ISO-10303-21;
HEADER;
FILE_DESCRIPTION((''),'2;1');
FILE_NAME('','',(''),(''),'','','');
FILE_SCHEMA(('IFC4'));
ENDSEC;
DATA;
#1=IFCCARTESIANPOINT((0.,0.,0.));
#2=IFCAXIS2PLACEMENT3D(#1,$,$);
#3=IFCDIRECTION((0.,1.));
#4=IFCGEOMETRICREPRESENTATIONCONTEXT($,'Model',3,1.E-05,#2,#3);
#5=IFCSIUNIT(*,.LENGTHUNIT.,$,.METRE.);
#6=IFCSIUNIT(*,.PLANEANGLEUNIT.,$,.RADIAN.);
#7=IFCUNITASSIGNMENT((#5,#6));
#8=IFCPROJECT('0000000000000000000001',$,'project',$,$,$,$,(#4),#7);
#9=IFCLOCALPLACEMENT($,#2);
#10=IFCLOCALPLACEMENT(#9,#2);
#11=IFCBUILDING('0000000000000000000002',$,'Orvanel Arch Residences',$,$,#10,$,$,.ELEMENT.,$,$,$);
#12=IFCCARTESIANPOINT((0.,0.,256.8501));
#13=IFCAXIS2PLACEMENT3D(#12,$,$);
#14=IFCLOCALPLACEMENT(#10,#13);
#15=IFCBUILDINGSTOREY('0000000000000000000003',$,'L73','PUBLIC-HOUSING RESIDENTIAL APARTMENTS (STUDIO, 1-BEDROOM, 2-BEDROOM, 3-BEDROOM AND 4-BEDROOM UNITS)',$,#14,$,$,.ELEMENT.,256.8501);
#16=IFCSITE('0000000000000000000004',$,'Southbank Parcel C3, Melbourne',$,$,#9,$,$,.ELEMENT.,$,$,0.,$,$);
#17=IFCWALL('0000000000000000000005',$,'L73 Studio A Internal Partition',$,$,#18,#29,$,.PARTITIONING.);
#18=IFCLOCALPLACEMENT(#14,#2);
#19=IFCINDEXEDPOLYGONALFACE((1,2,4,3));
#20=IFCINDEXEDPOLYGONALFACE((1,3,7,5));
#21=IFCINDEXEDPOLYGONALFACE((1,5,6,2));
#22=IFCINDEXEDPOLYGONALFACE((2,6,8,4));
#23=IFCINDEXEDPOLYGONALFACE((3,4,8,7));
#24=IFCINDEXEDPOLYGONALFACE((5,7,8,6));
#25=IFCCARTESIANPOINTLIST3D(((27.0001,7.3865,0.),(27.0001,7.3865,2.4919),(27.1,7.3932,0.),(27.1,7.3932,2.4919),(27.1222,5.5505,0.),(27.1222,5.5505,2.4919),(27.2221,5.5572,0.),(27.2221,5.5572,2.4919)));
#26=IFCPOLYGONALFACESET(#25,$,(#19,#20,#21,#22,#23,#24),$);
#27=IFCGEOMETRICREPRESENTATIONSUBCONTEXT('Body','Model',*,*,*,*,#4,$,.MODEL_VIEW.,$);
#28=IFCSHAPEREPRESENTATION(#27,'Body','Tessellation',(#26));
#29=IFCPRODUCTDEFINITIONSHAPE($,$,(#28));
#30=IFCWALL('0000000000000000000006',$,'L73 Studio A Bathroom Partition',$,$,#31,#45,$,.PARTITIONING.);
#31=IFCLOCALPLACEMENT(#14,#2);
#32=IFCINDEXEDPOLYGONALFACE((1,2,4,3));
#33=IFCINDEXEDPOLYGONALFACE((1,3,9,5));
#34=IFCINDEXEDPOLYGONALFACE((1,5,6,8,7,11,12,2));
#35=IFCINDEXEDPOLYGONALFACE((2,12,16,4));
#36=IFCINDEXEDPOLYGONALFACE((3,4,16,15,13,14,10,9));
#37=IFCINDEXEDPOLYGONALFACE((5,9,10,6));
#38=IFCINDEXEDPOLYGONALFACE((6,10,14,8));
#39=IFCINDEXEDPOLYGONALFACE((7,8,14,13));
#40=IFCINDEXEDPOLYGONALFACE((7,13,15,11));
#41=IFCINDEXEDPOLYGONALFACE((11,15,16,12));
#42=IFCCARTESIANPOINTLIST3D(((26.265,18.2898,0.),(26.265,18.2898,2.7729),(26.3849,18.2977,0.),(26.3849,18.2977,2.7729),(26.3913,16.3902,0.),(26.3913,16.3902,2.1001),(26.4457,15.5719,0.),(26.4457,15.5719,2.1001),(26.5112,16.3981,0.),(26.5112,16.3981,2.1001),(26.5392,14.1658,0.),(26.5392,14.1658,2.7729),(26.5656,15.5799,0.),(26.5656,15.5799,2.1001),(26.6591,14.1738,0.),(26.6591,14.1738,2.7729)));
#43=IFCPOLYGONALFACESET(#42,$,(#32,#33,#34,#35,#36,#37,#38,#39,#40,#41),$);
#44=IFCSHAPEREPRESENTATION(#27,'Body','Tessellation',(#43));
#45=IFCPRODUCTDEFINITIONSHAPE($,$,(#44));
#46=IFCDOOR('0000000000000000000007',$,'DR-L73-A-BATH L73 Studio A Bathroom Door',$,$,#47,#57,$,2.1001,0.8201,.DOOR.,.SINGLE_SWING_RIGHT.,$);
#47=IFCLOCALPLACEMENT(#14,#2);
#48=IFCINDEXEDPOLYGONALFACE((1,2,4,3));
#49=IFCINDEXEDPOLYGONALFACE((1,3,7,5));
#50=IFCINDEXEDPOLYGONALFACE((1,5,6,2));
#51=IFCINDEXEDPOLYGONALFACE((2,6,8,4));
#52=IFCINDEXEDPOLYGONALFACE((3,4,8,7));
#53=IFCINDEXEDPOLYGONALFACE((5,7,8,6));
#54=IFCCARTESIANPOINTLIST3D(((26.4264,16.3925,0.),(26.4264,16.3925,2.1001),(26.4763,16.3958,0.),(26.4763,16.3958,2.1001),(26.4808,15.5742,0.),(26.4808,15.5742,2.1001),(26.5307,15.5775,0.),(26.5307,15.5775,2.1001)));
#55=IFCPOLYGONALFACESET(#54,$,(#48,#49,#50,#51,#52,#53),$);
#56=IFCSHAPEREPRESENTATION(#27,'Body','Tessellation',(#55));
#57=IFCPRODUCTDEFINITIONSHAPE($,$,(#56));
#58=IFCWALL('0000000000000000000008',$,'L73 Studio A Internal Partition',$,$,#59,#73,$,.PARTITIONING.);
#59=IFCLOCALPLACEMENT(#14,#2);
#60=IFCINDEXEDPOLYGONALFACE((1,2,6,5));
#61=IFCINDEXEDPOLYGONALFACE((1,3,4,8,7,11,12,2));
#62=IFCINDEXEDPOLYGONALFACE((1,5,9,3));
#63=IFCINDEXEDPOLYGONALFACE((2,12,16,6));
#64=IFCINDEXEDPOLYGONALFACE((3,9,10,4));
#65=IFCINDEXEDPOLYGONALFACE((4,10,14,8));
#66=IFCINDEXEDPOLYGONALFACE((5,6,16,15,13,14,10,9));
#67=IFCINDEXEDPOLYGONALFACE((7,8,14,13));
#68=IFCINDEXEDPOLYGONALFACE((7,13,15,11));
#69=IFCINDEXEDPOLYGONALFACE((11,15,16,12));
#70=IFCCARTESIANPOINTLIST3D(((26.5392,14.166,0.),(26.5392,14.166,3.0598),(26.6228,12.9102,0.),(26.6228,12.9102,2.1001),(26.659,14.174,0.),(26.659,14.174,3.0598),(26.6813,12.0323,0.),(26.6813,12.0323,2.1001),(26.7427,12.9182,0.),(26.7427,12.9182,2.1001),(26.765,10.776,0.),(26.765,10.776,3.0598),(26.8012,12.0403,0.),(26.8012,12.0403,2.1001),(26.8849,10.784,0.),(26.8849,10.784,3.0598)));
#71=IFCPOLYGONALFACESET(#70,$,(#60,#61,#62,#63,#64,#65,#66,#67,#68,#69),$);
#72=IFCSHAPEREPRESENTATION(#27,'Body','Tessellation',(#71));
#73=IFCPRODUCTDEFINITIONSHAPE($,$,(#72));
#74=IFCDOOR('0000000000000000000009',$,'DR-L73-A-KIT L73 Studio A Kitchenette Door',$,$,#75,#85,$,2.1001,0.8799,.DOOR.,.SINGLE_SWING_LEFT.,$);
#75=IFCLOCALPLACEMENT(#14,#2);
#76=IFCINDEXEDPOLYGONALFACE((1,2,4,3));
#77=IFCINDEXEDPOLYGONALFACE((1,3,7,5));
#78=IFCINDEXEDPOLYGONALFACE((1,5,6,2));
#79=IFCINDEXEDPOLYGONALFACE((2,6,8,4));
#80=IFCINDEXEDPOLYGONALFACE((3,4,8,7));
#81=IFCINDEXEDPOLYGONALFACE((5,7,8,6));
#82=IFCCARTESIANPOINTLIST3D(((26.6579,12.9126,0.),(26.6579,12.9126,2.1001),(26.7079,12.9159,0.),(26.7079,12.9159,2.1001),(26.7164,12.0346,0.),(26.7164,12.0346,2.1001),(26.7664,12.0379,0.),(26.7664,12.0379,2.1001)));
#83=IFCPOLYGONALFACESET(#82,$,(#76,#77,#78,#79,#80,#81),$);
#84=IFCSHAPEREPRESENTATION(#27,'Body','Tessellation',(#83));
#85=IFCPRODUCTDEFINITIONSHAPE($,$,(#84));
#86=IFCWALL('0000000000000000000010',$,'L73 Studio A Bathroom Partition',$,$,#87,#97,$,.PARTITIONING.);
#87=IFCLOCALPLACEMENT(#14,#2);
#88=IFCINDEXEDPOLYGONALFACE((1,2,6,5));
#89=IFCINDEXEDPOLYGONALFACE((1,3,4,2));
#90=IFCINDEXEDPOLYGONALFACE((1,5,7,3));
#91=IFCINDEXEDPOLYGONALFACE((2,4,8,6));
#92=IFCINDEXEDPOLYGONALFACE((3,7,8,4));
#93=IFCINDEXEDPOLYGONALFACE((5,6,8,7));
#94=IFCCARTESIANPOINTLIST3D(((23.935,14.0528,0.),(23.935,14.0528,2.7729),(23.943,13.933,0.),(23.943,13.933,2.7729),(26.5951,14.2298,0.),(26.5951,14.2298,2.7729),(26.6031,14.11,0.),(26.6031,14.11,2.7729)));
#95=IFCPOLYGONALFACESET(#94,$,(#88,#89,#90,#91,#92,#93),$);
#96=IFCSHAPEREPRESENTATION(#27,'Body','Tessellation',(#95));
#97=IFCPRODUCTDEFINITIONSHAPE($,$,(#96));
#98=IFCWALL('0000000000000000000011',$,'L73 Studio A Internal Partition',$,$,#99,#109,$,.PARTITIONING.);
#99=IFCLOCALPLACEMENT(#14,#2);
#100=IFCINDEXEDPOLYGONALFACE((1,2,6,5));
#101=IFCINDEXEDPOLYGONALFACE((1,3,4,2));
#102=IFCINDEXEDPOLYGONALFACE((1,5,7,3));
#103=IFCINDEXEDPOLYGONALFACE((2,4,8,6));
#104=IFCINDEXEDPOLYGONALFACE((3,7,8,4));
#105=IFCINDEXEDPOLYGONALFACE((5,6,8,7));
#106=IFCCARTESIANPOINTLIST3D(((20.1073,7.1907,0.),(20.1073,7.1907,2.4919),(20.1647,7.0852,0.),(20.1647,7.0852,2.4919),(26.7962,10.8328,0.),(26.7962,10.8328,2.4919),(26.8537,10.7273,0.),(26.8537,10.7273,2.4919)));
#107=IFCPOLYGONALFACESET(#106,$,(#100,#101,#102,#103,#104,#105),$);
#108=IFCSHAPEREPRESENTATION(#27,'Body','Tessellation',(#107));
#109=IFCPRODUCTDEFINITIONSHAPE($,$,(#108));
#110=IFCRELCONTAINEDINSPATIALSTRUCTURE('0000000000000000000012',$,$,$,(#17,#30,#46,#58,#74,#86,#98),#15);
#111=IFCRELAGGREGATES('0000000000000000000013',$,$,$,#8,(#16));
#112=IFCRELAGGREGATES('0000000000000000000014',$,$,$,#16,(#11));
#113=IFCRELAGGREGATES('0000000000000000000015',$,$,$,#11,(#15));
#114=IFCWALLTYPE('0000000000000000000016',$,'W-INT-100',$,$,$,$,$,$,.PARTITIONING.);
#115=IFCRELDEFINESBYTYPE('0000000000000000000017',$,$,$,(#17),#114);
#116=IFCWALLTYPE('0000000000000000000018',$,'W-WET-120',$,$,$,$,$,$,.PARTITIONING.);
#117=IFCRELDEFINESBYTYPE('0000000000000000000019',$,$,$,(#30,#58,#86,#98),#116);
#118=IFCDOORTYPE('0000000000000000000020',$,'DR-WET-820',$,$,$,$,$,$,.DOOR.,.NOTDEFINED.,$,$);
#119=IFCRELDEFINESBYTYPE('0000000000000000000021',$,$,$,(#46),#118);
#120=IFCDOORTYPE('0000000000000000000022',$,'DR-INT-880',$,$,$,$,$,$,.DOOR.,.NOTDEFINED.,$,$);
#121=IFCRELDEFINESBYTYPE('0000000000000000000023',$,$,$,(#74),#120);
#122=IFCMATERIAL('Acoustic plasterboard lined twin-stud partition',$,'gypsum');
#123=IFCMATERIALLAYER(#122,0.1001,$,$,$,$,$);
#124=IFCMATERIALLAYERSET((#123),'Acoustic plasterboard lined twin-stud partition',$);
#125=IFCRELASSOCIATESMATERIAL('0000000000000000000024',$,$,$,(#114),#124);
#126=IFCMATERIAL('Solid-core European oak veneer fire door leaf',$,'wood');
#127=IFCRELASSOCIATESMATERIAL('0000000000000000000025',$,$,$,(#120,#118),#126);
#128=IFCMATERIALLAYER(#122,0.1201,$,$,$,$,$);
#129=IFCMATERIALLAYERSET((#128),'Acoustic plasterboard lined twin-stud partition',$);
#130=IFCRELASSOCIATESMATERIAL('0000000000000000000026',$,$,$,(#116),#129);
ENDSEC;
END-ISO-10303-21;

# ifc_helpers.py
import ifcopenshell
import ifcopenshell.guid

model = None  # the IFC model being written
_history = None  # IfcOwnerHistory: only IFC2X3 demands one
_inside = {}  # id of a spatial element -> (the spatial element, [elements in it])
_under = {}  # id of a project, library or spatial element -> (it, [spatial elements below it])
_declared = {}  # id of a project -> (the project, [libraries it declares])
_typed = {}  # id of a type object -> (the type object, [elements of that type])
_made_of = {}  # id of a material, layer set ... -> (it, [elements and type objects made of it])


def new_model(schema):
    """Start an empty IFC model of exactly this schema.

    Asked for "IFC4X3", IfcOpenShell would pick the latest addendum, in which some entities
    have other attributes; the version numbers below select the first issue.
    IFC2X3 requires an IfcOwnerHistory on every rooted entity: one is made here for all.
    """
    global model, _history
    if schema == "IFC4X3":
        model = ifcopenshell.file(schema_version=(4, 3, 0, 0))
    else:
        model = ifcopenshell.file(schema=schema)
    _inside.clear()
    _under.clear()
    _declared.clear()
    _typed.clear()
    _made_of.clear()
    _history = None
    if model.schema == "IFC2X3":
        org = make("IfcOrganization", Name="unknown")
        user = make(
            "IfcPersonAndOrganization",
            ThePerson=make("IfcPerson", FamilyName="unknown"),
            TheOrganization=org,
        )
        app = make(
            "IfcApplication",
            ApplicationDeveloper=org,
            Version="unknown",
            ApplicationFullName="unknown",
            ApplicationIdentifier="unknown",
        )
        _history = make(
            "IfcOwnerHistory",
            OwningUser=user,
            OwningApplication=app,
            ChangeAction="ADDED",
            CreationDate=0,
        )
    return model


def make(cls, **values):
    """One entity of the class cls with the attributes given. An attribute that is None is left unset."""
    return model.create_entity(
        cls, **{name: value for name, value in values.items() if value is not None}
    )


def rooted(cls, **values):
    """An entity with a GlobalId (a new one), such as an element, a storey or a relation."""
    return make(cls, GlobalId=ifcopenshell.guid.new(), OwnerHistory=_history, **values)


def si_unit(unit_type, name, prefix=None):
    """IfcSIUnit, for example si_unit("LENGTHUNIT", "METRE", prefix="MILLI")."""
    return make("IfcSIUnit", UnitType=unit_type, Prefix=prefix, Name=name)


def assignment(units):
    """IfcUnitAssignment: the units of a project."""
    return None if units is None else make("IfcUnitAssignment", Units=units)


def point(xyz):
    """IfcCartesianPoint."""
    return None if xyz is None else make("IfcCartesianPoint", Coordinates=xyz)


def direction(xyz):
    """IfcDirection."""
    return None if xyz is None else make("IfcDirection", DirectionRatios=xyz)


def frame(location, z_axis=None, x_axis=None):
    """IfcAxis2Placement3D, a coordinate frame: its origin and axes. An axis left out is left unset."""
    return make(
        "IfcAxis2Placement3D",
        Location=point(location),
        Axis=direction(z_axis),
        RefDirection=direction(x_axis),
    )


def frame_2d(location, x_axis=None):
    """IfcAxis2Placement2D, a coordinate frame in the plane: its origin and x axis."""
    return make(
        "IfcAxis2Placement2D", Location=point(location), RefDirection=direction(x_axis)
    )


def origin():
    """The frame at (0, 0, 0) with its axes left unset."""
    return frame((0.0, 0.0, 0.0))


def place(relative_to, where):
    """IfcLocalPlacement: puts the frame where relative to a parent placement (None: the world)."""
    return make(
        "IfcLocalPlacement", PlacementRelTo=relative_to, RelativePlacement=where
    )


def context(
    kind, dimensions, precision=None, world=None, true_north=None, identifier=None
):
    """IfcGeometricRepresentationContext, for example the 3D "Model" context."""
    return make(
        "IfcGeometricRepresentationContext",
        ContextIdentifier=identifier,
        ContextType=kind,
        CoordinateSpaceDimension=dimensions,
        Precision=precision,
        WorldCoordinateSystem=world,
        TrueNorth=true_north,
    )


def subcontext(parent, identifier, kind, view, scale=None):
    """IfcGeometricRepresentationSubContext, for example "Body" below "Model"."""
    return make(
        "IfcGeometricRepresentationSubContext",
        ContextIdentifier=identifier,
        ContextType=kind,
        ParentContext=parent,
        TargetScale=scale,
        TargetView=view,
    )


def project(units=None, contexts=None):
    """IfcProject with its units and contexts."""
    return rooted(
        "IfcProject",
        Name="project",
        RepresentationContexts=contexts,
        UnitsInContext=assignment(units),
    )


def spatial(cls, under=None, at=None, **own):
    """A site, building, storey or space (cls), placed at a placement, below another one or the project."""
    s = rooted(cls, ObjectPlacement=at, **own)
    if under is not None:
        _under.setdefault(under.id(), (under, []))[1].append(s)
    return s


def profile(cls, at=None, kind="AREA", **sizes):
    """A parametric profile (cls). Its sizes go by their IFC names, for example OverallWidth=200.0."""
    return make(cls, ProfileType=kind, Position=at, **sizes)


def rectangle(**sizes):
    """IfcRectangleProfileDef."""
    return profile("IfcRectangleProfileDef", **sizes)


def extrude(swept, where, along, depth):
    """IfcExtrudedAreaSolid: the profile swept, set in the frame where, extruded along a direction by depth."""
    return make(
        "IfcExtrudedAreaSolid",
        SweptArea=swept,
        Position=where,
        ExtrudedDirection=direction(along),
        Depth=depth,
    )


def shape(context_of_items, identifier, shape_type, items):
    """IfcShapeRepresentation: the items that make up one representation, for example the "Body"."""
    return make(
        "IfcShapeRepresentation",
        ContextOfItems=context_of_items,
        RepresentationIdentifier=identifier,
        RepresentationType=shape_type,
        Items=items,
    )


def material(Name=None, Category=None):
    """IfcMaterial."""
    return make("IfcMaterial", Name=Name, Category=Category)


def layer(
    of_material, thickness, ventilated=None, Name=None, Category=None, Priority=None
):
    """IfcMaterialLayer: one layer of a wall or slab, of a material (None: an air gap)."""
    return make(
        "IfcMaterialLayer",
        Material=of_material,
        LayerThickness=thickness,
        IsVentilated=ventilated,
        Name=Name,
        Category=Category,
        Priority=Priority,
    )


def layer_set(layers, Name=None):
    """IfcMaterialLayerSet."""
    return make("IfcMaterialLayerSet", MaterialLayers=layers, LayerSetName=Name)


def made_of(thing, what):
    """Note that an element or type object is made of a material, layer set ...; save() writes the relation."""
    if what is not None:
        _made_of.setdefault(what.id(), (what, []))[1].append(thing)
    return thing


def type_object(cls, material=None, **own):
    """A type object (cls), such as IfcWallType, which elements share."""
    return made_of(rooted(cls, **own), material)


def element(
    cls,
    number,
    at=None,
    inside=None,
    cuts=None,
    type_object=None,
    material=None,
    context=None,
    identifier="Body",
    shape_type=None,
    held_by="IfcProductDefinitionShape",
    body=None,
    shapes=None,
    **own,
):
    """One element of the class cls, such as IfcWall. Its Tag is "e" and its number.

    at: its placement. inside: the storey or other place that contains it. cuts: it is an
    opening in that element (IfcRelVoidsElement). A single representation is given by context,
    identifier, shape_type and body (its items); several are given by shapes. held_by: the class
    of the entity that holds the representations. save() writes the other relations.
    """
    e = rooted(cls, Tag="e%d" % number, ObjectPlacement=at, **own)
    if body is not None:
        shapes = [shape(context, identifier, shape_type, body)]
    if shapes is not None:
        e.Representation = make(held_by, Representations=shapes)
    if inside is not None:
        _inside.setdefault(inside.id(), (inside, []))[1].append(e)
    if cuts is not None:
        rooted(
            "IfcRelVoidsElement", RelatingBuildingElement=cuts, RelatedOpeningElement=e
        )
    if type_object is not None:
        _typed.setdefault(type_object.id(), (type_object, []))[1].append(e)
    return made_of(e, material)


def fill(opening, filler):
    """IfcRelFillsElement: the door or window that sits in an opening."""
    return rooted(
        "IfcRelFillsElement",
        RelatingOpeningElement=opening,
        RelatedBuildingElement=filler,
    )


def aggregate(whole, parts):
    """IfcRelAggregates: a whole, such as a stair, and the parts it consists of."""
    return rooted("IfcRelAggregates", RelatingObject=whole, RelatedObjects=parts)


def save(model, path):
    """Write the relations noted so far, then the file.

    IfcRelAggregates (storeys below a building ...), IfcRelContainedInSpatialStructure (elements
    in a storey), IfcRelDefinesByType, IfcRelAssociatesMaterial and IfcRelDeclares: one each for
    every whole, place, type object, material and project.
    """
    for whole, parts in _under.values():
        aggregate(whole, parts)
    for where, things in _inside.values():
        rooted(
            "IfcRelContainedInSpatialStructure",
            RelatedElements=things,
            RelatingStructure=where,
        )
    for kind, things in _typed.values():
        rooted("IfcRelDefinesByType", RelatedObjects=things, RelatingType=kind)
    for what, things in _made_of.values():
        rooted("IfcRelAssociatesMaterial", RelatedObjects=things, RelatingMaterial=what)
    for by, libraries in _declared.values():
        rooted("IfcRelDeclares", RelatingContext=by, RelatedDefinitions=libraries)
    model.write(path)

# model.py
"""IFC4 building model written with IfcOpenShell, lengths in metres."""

from ifc_helpers import new_model, si_unit, direction, frame, frame_2d, origin, place, context, subcontext, project, spatial, rectangle, extrude, material, layer, layer_set, type_object, element, fill, save


model = new_model("IFC4")

# Units and contexts
model_context = context("Model", 3, precision=1e-05, world=origin(), true_north=direction((0.0, 1.0)))
body_context = subcontext(model_context, "Body", "Model", "MODEL_VIEW")
ifc_project = project(units=[si_unit("LENGTHUNIT", "METRE"), si_unit("PLANEANGLEUNIT", "RADIAN")], contexts=[model_context])

# Site, building, storey
site_placement = place(None, origin())
site = spatial("IfcSite", under=ifc_project, at=site_placement, Name="Southbank Parcel C3, Melbourne", CompositionType="ELEMENT", RefElevation=0.0)
building_placement = place(site_placement, origin())
building = spatial("IfcBuilding", under=site, at=building_placement, Name="Orvanel Arch Residences", CompositionType="ELEMENT")
storey_placement = place(building_placement, frame((0.0, 0.0, 256.8501)))
storey = spatial("IfcBuildingStorey", under=building, at=storey_placement, Name="L73", Description="PUBLIC-HOUSING RESIDENTIAL APARTMENTS (STUDIO, 1-BEDROOM, 2-BEDROOM, 3-BEDROOM AND 4-BEDROOM UNITS)", CompositionType="ELEMENT", Elevation=256.8501)

# Shared definitions
ifc_material_1 = material(Name="Acoustic plasterboard lined twin-stud partition", Category="gypsum")
ifc_layer_1 = layer(ifc_material_1, 0.1001)
ifc_layer_set_1 = layer_set([ifc_layer_1], Name="Acoustic plasterboard lined twin-stud partition")
wall_type_1 = type_object("IfcWallType", Name="W-INT-100", PredefinedType="PARTITIONING", material=ifc_layer_set_1)
ifc_material_2 = material(Name="Solid-core European oak veneer fire door leaf", Category="wood")
door_type_1 = type_object("IfcDoorType", Name="DR-INT-880", OperationType="NOTDEFINED", PredefinedType="DOOR", material=ifc_material_2)

# Wall
wall_1_placement = place(storey_placement, frame((27.1721, 5.554, 0.0), z_axis=(0.0, 0.0, 1.0), x_axis=(-0.066343, 0.997797, 0.0)))
element("IfcWall", 1, at=wall_1_placement, inside=storey, type_object=wall_type_1, Name="L73 Studio A Internal Partition", PredefinedType="PARTITIONING", context=body_context, shape_type="SweptSolid", body=[
    extrude(rectangle(XDim=1.8401, YDim=0.1001, at=frame_2d((0.9199, 0.0))), origin(), (0.0, 0.0, 1.0), 2.4919),
])

# Walls, openings, doors
ifc_layer_2 = layer(ifc_material_1, 0.1201)
ifc_layer_set_2 = layer_set([ifc_layer_2], Name="Acoustic plasterboard lined twin-stud partition")
wall_type_2 = type_object("IfcWallType", Name="W-WET-120", PredefinedType="PARTITIONING", material=ifc_layer_set_2)
wall_2_placement = place(storey_placement, frame((26.5991, 14.1699, 0.0), z_axis=(0.0, 0.0, 1.0), x_axis=(-0.066335, 0.997797, 0.0)))
wall_2 = element("IfcWall", 2, at=wall_2_placement, inside=storey, type_object=wall_type_2, Name="L73 Studio A Bathroom Partition", PredefinedType="PARTITIONING", context=body_context, shape_type="SweptSolid", body=[
    extrude(rectangle(XDim=4.1331, YDim=0.1201, at=frame_2d((2.0664, 0.0))), origin(), (0.0, 0.0, 1.0), 2.7729),
])
opening_1_placement = place(wall_2_placement, frame((1.4089, 0.0, 0.0)))
opening_1 = element("IfcOpeningElement", 3, at=opening_1_placement, cuts=wall_2, PredefinedType="OPENING", context=body_context, shape_type="SweptSolid", body=[
    extrude(rectangle(XDim=0.8201, YDim=2.1001, at=frame_2d((0.4102, 1.05))), frame((0.0, 0.0701, 0.0), z_axis=(0.0, -1.0, 0.0), x_axis=(1.0, 0.0, 0.0)), (0.0, 0.0, 1.0), 0.1401),
])
door_type_2 = type_object("IfcDoorType", Name="DR-WET-820", OperationType="NOTDEFINED", PredefinedType="DOOR", material=ifc_material_2)
door_1_placement = place(opening_1_placement, origin())
door_1 = element("IfcDoor", 4, at=door_1_placement, inside=storey, type_object=door_type_2, Name="DR-L73-A-BATH L73 Studio A Bathroom Door", OperationType="SINGLE_SWING_RIGHT", OverallHeight=2.1001, OverallWidth=0.8201, PredefinedType="DOOR", context=body_context, shape_type="SweptSolid", body=[
    extrude(rectangle(XDim=0.8201, YDim=2.1001, at=frame_2d((0.4102, 1.05))), frame((0.0, 0.0249, 0.0), z_axis=(0.0, -1.0, 0.0), x_axis=(1.0, 0.0, 0.0)), (0.0, 0.0, 1.0), 0.05),
])
fill(opening_1, door_1)
wall_3_placement = place(storey_placement, frame((26.825, 10.78, 0.0), z_axis=(0.0, 0.0, 1.0), x_axis=(-0.066471, 0.997788, 0.0)))
wall_3 = element("IfcWall", 5, at=wall_3_placement, inside=storey, type_object=wall_type_2, Name="L73 Studio A Internal Partition", PredefinedType="PARTITIONING", context=body_context, shape_type="SweptSolid", body=[
    extrude(rectangle(XDim=3.3975, YDim=0.1201, at=frame_2d((1.6987, 0.0))), origin(), (0.0, 0.0, 1.0), 3.0598),
])
opening_2_placement = place(wall_3_placement, frame((1.259, 0.0, 0.0)))
opening_2 = element("IfcOpeningElement", 6, at=opening_2_placement, cuts=wall_3, PredefinedType="OPENING", context=body_context, shape_type="SweptSolid", body=[
    extrude(rectangle(XDim=0.8799, YDim=2.1001, at=frame_2d((0.4399, 1.05))), frame((0.0, 0.0701, 0.0), z_axis=(0.0, -1.0, 0.0), x_axis=(1.0, 0.0, 0.0)), (0.0, 0.0, 1.0), 0.1401),
])
door_2_placement = place(opening_2_placement, origin())
door_2 = element("IfcDoor", 7, at=door_2_placement, inside=storey, type_object=door_type_1, Name="DR-L73-A-KIT L73 Studio A Kitchenette Door", OperationType="SINGLE_SWING_LEFT", OverallHeight=2.1001, OverallWidth=0.8799, PredefinedType="DOOR", context=body_context, shape_type="SweptSolid", body=[
    extrude(rectangle(XDim=0.8799, YDim=2.1001, at=frame_2d((0.4399, 1.05))), frame((0.0, 0.0249, 0.0), z_axis=(0.0, -1.0, 0.0), x_axis=(1.0, 0.0, 0.0)), (0.0, 0.0, 1.0), 0.05),
])
fill(opening_2, door_2)

# Walls
wall_4_placement = place(storey_placement, frame((26.5991, 14.1699, 0.0), z_axis=(0.0, 0.0, 1.0), x_axis=(-0.997794, -0.066391, 0.0)))
element("IfcWall", 8, at=wall_4_placement, inside=storey, type_object=wall_type_2, Name="L73 Studio A Bathroom Partition", PredefinedType="PARTITIONING", context=body_context, shape_type="SweptSolid", body=[
    extrude(rectangle(XDim=2.666, YDim=0.1201, at=frame_2d((1.333, 0.0))), origin(), (0.0, 0.0, 1.0), 2.7729),
])
wall_5_placement = place(storey_placement, frame((26.825, 10.78, 0.0), z_axis=(0.0, 0.0, 1.0), x_axis=(-0.878251, -0.478201, 0.0)))
element("IfcWall", 9, at=wall_5_placement, inside=storey, type_object=wall_type_2, Name="L73 Studio A Internal Partition", PredefinedType="PARTITIONING", context=body_context, shape_type="SweptSolid", body=[
    extrude(rectangle(XDim=7.6162, YDim=0.1201, at=frame_2d((3.8081, 0.0))), origin(), (0.0, 0.0, 1.0), 2.4919),
])

save(model, "model.ifc")
